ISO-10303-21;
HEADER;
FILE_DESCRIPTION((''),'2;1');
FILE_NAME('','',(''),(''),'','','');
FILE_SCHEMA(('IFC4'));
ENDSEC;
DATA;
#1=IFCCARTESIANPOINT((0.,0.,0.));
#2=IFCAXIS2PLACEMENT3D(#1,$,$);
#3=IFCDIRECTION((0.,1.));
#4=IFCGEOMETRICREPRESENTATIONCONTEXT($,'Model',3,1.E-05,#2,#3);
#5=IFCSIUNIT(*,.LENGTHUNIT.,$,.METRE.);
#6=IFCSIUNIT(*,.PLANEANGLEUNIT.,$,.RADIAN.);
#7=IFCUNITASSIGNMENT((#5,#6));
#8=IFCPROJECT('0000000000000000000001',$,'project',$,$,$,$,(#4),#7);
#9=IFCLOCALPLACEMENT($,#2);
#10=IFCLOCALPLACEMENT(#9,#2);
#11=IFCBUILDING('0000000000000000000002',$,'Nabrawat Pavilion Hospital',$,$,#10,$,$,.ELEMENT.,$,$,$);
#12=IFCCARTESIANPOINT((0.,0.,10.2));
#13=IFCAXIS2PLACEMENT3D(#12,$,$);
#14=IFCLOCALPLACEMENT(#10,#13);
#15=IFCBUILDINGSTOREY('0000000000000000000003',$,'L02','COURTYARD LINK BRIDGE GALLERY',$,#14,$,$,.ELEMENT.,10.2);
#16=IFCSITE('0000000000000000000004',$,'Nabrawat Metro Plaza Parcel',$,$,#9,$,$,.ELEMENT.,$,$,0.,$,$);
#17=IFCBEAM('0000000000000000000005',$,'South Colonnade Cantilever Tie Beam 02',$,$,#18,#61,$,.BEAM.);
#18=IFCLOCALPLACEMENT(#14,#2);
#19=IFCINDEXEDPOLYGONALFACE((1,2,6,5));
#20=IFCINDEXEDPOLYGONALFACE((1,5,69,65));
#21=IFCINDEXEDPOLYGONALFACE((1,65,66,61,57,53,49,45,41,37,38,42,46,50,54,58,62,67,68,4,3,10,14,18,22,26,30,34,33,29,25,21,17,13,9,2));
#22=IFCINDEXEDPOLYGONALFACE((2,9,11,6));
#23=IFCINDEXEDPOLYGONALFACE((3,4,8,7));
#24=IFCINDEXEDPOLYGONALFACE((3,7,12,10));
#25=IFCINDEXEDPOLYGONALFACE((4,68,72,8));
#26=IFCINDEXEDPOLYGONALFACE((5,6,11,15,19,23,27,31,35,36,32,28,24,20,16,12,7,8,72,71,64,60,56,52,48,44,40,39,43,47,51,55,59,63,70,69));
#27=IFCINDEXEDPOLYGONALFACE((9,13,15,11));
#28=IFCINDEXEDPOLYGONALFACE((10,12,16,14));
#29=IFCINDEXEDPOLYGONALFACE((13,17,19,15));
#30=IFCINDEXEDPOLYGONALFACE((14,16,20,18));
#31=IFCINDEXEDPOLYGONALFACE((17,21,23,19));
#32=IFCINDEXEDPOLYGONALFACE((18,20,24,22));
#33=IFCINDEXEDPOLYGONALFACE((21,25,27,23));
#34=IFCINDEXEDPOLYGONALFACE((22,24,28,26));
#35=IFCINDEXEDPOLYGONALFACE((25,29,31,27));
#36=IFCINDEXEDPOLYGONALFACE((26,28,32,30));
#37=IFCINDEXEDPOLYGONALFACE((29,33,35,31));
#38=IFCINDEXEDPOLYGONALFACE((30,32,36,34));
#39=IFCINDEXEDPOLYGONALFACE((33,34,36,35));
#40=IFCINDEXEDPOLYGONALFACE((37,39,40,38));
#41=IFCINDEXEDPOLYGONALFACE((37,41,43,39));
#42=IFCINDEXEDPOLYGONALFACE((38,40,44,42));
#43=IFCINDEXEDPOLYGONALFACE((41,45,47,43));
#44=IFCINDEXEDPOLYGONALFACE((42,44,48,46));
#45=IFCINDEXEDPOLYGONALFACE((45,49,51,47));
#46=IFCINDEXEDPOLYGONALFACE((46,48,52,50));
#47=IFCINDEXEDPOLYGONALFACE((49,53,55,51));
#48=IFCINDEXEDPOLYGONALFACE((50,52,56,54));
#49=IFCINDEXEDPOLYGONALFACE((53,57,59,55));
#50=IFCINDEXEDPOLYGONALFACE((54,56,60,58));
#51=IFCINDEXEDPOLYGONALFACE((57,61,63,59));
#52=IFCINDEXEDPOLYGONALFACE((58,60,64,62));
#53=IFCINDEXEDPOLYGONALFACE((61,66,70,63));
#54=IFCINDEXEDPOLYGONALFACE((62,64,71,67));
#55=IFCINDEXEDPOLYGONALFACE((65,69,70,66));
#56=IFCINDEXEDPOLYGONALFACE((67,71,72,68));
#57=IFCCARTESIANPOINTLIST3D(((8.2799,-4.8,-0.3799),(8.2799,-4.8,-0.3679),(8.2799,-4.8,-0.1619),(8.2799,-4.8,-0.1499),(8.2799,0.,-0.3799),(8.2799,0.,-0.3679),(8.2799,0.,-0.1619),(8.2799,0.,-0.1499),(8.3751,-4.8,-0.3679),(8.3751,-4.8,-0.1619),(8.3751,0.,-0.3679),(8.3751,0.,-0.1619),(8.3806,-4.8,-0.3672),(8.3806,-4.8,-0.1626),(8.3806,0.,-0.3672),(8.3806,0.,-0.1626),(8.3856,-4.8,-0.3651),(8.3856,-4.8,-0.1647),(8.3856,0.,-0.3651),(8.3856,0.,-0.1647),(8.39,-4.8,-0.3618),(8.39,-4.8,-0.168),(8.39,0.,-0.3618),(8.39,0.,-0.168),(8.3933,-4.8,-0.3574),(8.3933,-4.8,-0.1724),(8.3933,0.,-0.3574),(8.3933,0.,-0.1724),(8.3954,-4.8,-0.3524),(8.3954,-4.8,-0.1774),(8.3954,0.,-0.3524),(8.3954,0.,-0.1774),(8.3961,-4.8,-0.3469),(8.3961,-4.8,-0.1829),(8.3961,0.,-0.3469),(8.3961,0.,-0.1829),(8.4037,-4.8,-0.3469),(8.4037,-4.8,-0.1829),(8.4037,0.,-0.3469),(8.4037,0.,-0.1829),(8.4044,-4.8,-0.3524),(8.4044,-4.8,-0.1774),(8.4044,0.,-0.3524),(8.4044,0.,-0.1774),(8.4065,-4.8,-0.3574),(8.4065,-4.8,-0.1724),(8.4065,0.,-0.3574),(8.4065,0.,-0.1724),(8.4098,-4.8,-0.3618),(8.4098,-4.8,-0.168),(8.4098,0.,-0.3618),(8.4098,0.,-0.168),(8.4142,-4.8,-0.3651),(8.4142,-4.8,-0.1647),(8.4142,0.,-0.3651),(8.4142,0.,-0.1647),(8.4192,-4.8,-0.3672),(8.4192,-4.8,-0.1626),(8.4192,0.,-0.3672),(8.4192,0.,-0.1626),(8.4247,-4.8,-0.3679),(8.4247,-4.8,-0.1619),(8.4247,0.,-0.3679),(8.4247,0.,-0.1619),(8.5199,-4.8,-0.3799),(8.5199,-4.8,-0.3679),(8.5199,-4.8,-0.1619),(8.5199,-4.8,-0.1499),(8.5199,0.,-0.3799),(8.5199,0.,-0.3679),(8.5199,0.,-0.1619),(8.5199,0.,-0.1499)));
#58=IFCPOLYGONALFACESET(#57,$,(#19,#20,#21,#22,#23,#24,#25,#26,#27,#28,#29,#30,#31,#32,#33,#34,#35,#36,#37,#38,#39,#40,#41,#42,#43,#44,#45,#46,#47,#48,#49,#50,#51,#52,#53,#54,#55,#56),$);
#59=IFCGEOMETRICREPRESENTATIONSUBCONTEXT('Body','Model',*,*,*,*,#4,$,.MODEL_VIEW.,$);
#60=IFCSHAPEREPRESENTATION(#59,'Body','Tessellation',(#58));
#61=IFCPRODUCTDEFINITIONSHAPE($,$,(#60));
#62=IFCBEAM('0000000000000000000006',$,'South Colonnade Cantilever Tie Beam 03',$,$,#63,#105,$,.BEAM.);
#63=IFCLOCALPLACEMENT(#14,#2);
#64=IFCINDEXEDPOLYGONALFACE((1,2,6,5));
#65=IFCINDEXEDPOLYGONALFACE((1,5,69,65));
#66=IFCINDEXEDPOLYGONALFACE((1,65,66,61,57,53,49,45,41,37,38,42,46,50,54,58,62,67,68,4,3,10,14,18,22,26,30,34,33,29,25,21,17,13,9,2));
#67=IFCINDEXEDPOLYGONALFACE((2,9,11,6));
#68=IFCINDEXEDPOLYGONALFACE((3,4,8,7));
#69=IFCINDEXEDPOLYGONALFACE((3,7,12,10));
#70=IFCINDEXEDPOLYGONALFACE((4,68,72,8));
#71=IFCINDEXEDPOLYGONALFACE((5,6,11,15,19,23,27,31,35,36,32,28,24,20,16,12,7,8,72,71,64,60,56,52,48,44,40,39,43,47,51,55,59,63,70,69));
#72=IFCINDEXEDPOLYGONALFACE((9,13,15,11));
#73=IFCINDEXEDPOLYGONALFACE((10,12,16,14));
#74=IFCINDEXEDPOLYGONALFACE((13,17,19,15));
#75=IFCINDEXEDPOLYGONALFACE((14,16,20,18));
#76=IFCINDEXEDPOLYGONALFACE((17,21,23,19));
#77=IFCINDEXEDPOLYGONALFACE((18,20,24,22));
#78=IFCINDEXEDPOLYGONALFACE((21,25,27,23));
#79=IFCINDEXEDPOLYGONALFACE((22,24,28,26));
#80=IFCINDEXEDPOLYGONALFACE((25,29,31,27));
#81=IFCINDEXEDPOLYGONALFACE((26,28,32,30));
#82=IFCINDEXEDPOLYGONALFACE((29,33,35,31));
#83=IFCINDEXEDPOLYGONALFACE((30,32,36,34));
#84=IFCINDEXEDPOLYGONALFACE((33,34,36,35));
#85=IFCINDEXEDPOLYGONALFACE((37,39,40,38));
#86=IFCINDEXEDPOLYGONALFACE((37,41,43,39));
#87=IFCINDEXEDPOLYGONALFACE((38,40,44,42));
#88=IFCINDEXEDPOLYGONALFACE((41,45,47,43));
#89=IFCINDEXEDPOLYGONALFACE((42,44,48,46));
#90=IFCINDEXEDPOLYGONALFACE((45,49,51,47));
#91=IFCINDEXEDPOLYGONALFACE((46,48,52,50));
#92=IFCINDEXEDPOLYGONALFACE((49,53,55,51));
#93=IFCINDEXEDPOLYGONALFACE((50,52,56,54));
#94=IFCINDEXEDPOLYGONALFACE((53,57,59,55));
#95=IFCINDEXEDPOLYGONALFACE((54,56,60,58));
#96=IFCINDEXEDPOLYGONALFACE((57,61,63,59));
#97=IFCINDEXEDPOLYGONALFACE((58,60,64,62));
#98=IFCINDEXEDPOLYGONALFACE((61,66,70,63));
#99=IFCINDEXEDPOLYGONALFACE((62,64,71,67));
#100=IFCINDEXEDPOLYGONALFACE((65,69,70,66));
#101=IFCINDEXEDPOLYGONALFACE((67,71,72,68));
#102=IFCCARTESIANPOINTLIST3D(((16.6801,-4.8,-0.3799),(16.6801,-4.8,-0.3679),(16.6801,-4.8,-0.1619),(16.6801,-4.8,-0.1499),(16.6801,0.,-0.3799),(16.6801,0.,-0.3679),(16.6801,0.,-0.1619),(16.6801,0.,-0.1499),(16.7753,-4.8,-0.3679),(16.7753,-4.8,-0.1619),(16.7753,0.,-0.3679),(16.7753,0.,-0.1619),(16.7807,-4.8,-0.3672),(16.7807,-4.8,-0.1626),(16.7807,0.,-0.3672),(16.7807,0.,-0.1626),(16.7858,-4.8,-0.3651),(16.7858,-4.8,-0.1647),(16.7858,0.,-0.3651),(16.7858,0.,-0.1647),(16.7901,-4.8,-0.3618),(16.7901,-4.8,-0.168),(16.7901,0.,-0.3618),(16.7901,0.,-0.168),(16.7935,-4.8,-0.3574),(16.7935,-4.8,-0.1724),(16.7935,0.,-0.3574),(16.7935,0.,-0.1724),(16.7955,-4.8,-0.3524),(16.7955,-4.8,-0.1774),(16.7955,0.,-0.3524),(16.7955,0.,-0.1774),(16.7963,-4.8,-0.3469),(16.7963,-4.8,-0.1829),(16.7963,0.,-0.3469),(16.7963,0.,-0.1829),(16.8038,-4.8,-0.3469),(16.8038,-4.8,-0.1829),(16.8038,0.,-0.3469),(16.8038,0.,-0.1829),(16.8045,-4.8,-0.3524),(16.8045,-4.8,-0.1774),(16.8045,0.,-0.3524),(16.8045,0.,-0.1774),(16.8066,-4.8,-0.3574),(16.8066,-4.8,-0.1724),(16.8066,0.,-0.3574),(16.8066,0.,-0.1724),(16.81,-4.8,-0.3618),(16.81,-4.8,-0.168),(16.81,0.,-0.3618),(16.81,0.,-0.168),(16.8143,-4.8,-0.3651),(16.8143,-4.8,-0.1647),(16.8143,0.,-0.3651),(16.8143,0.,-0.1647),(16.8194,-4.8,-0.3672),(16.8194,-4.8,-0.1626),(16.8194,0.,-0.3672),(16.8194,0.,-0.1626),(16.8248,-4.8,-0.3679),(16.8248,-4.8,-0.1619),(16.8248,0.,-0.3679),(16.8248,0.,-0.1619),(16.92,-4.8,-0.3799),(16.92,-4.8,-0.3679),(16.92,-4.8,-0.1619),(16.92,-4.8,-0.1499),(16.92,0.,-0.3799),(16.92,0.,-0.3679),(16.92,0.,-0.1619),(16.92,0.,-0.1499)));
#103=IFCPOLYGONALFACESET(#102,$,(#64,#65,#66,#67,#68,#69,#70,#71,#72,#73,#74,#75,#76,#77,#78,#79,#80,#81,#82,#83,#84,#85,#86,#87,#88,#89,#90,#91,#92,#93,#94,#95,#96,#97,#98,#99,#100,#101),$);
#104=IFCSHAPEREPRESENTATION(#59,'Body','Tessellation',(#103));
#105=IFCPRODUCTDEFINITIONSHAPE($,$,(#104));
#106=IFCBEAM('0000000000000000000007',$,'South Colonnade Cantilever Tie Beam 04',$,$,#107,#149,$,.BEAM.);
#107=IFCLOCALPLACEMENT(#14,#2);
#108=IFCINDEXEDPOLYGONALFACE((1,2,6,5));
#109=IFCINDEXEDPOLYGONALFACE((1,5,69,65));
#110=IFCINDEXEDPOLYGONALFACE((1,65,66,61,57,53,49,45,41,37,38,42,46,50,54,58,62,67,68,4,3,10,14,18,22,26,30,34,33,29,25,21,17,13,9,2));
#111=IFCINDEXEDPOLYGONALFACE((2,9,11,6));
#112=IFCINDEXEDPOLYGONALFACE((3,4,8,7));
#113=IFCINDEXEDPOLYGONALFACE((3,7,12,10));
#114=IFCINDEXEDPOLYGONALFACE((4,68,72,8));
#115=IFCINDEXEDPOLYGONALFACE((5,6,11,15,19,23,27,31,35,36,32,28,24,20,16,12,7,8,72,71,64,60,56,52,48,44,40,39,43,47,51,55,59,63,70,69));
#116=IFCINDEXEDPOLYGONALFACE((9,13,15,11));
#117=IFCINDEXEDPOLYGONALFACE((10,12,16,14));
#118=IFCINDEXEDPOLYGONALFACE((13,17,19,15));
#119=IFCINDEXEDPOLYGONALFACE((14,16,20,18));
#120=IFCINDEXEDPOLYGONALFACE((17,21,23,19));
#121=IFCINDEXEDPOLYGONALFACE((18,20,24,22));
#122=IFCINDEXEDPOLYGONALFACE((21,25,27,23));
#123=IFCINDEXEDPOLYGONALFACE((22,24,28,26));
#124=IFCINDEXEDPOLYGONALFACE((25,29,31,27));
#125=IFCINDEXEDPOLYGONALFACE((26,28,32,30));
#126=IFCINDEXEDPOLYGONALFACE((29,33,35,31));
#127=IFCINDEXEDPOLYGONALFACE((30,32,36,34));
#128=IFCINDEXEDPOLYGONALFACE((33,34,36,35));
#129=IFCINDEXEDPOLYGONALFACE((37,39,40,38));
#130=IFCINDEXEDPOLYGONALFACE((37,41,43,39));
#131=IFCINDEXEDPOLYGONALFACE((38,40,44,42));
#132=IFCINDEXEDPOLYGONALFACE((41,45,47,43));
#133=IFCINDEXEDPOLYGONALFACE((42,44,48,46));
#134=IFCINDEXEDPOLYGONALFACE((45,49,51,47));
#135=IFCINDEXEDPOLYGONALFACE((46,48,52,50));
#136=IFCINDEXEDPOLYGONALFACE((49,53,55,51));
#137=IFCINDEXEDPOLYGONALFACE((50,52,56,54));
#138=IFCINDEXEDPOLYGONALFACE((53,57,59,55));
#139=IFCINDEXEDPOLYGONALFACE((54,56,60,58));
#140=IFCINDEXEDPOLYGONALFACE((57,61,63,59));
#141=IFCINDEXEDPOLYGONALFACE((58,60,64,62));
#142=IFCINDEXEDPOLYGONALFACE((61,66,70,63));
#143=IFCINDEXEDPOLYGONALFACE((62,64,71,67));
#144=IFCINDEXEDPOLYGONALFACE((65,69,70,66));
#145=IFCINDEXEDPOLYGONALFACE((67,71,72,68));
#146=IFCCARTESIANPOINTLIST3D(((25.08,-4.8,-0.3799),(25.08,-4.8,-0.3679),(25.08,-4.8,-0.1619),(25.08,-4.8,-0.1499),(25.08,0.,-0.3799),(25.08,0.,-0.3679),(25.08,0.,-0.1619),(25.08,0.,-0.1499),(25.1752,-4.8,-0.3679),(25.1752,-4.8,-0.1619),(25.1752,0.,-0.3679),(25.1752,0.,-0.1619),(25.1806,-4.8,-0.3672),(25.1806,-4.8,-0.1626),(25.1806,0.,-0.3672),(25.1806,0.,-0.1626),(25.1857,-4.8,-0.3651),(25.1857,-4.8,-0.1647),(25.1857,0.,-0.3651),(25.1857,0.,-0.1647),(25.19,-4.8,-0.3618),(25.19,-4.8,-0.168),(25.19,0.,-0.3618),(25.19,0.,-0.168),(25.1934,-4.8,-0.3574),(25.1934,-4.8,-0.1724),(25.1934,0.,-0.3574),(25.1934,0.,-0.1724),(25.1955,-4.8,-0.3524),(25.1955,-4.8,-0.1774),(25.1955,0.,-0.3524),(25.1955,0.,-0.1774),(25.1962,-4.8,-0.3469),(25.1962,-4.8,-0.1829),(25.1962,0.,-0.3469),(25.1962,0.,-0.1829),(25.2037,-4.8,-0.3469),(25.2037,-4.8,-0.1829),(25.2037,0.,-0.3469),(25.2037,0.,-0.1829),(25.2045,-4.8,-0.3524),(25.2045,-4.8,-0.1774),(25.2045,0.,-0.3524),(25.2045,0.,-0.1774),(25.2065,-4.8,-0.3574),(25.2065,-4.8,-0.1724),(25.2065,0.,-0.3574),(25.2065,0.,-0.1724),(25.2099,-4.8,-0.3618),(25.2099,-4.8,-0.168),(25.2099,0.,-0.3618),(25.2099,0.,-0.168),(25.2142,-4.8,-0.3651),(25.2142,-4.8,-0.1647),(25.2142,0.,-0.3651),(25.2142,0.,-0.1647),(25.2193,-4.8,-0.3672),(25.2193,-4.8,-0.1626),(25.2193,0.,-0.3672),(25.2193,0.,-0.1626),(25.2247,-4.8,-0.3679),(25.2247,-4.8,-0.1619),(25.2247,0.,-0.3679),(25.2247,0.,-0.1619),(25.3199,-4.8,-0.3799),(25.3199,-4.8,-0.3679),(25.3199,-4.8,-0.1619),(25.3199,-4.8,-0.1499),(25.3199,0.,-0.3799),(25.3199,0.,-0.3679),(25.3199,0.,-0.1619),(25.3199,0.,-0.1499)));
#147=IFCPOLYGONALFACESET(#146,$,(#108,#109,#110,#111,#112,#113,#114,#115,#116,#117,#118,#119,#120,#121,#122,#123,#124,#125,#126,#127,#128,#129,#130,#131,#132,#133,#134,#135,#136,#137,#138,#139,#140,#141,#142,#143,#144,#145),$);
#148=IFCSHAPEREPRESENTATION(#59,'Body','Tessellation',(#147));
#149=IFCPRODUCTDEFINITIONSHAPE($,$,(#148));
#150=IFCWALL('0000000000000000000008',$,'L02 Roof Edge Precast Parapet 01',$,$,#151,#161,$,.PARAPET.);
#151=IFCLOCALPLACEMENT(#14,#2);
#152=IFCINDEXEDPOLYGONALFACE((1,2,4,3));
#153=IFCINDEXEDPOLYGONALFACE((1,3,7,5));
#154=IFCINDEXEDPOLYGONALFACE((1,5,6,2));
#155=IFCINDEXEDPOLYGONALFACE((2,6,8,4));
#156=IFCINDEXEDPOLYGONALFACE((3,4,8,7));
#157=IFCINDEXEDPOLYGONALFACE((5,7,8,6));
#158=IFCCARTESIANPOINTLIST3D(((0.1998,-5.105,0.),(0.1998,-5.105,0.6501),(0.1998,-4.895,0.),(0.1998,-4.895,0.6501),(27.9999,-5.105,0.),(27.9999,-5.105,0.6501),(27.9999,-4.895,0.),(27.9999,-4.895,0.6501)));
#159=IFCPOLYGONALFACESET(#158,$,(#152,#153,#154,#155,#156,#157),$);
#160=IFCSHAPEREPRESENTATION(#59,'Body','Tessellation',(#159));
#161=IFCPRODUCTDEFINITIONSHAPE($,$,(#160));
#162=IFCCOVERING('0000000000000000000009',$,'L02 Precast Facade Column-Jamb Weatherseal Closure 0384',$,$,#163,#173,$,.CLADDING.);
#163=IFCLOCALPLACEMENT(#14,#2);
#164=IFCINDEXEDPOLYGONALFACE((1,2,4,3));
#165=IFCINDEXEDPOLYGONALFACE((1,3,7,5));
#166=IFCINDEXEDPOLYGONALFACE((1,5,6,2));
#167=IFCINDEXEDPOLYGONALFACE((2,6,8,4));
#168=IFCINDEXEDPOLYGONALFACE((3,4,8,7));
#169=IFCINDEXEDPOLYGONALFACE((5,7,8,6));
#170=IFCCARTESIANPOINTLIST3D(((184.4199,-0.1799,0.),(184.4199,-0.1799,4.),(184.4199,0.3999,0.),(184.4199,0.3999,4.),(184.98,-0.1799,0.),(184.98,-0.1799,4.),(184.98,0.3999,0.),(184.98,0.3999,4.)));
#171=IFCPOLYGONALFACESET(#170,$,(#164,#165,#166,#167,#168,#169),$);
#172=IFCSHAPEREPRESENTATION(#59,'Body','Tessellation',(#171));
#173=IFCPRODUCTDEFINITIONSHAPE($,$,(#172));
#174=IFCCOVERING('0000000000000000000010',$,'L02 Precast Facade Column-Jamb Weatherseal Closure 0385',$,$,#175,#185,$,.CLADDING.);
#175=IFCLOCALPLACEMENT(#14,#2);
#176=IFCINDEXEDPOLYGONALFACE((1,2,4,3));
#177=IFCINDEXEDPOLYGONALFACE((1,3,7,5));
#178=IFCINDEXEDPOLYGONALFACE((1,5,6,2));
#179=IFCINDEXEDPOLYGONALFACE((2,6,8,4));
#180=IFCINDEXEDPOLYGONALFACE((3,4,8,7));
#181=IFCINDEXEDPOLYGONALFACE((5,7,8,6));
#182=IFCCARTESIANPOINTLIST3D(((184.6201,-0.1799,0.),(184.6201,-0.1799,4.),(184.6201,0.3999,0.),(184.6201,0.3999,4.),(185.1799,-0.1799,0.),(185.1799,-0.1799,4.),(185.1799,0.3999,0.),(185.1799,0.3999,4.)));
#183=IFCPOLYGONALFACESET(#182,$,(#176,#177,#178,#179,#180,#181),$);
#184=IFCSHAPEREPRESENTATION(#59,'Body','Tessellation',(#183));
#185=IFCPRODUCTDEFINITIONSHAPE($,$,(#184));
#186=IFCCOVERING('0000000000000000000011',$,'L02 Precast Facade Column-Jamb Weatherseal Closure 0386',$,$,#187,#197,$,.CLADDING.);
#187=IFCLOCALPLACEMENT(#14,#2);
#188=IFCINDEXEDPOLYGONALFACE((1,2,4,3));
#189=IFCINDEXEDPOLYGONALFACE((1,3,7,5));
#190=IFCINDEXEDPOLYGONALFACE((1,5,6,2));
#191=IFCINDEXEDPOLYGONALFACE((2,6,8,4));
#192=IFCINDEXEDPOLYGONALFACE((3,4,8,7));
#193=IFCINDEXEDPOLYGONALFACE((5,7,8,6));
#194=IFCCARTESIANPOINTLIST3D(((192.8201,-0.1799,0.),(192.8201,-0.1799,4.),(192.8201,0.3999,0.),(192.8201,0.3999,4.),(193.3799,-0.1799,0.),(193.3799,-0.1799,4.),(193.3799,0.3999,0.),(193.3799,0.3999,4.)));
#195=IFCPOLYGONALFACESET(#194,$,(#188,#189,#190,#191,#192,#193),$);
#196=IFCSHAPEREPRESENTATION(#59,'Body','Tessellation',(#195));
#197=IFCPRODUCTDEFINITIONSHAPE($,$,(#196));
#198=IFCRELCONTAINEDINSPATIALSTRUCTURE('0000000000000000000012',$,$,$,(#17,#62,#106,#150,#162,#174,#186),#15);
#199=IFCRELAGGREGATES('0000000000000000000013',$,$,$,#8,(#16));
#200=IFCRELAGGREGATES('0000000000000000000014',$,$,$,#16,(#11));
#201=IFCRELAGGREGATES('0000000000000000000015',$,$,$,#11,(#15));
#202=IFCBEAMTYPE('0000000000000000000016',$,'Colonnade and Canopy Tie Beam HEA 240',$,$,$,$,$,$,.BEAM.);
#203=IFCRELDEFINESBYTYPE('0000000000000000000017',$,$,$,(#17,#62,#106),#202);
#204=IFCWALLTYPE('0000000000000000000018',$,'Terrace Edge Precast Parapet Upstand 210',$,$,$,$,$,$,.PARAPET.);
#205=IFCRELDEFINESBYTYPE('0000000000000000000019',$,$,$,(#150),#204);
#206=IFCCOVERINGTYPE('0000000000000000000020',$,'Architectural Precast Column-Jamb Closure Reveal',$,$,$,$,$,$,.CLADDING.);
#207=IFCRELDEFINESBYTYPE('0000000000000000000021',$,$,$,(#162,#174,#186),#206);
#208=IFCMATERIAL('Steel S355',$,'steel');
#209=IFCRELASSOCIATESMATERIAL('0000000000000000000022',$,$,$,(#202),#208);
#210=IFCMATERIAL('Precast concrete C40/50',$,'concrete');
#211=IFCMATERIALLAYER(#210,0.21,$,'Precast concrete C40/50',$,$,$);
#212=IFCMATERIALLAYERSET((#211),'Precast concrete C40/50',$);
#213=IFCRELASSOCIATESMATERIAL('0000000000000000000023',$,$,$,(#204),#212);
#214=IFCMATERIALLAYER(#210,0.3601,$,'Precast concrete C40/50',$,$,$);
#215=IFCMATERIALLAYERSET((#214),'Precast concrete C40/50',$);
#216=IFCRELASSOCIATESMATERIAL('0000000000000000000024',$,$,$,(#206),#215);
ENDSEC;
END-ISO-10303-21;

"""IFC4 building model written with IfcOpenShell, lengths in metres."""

from ifc_helpers import new_model, si_unit, direction, frame, frame_2d, origin, origin_2d, place, context, subcontext, project, spatial, polyline, rectangle, i_section, outline, extrude, material, layer, layer_set, material_profile, profile_set, type_object, element, save


model = new_model("IFC4")

# Units and contexts
model_context = context("Model", 3, precision=1e-05, world=origin(), true_north=direction((0.0, 1.0)))
body_context = subcontext(model_context, "Body", "Model", "MODEL_VIEW")
ifc_project = project(units=[si_unit("LENGTHUNIT", "METRE"), si_unit("PLANEANGLEUNIT", "RADIAN")], contexts=[model_context])

# Site, building, storey
site_placement = place(None, origin())
site = spatial("IfcSite", under=ifc_project, at=site_placement, Name="Nabrawat Metro Plaza Parcel", CompositionType="ELEMENT", RefElevation=0.0)
building_placement = place(site_placement, origin())
building = spatial("IfcBuilding", under=site, at=building_placement, Name="Nabrawat Pavilion Hospital", CompositionType="ELEMENT")
storey_placement = place(building_placement, frame((0.0, 0.0, 10.2)))
storey = spatial("IfcBuildingStorey", under=building, at=storey_placement, Name="L02", Description="COURTYARD LINK BRIDGE GALLERY", CompositionType="ELEMENT", Elevation=10.2)

# Beams
ifc_material_1 = material(Name="Steel S355", Category="steel")
ifc_material_profile = material_profile(ifc_material_1, i_section(OverallWidth=0.24, OverallDepth=0.23, WebThickness=0.0076, FlangeThickness=0.012, FilletRadius=0.021, at=origin_2d()), Name="HEA 240")
ifc_profile_set = profile_set([ifc_material_profile], Name="Steel S355")
beam_type = type_object("IfcBeamType", Name="Colonnade and Canopy Tie Beam HEA 240", PredefinedType="BEAM", material=ifc_profile_set)
for number, where, z_axis, x_axis, name in (
    (1, (8.3999, -4.8, -0.2649), (0.0, 1.0, 0.0), (-1.0, 0.0, 0.0), "South Colonnade Cantilever Tie Beam 02"),
    (2, (16.8, -4.8, -0.2649), (0.0, 1.0, 0.0), (-1.0, 0.0, 0.0), "South Colonnade Cantilever Tie Beam 03"),
    (3, (25.2, -4.8, -0.2649), (0.0, 1.0, 0.0), (-1.0, 0.0, 0.0), "South Colonnade Cantilever Tie Beam 04"),
):
    element("IfcBeam", number, at=place(storey_placement, frame(where, z_axis=z_axis, x_axis=x_axis)), inside=storey, type_object=beam_type, Name=name, PredefinedType="BEAM", context=body_context, shape_type="SweptSolid", body=[
        extrude(i_section(OverallWidth=0.24, OverallDepth=0.23, WebThickness=0.0076, FlangeThickness=0.012, FilletRadius=0.021, at=origin_2d()), origin(), (0.0, 0.0, 1.0), 4.8),
    ])

# Wall
ifc_material_2 = material(Name="Precast concrete C40/50", Category="concrete")
ifc_layer_1 = layer(ifc_material_2, 0.21, Name="Precast concrete C40/50")
ifc_layer_set_1 = layer_set([ifc_layer_1], Name="Precast concrete C40/50")
wall_type = type_object("IfcWallType", Name="Terrace Edge Precast Parapet Upstand 210", PredefinedType="PARAPET", material=ifc_layer_set_1)
wall_placement = place(storey_placement, frame((0.2, -5.0, 0.0), z_axis=(0.0, 0.0, 1.0), x_axis=(1.0, 0.0, 0.0)))
element("IfcWall", 4, at=wall_placement, inside=storey, type_object=wall_type, Name="L02 Roof Edge Precast Parapet 01", PredefinedType="PARAPET", context=body_context, shape_type="SweptSolid", body=[
    extrude(rectangle(XDim=27.8, YDim=0.21, at=frame_2d((13.8999, 0.0))), origin(), (0.0, 0.0, 1.0), 0.6501),
])

# Coverings
ifc_layer_2 = layer(ifc_material_2, 0.3601, Name="Precast concrete C40/50")
ifc_layer_set_2 = layer_set([ifc_layer_2], Name="Precast concrete C40/50")
covering_type = type_object("IfcCoveringType", Name="Architectural Precast Column-Jamb Closure Reveal", PredefinedType="CLADDING", material=ifc_layer_set_2)
covering_1_placement = place(storey_placement, origin())
element("IfcCovering", 5, at=covering_1_placement, inside=storey, type_object=covering_type, Name="L02 Precast Facade Column-Jamb Weatherseal Closure 0384", PredefinedType="CLADDING", context=body_context, shape_type="SweptSolid", body=[
    extrude(outline(polyline([(184.98, -0.1799), (184.98, 0.3999), (184.4199, 0.3999), (184.4199, -0.1799), (184.98, -0.1799)])), origin(), (0.0, 0.0, 1.0), 4.0),
])
covering_2_placement = place(storey_placement, origin())
element("IfcCovering", 6, at=covering_2_placement, inside=storey, type_object=covering_type, Name="L02 Precast Facade Column-Jamb Weatherseal Closure 0385", PredefinedType="CLADDING", context=body_context, shape_type="SweptSolid", body=[
    extrude(outline(polyline([(185.1799, -0.1799), (185.1799, 0.3999), (184.6201, 0.3999), (184.6201, -0.1799), (185.1799, -0.1799)])), origin(), (0.0, 0.0, 1.0), 4.0),
])
covering_3_placement = place(storey_placement, origin())
element("IfcCovering", 7, at=covering_3_placement, inside=storey, type_object=covering_type, Name="L02 Precast Facade Column-Jamb Weatherseal Closure 0386", PredefinedType="CLADDING", context=body_context, shape_type="SweptSolid", body=[
    extrude(outline(polyline([(193.3799, -0.1799), (193.3799, 0.3999), (192.8201, 0.3999), (192.8201, -0.1799), (193.3799, -0.1799)])), origin(), (0.0, 0.0, 1.0), 4.0),
])

save(model, "model.ifc")
